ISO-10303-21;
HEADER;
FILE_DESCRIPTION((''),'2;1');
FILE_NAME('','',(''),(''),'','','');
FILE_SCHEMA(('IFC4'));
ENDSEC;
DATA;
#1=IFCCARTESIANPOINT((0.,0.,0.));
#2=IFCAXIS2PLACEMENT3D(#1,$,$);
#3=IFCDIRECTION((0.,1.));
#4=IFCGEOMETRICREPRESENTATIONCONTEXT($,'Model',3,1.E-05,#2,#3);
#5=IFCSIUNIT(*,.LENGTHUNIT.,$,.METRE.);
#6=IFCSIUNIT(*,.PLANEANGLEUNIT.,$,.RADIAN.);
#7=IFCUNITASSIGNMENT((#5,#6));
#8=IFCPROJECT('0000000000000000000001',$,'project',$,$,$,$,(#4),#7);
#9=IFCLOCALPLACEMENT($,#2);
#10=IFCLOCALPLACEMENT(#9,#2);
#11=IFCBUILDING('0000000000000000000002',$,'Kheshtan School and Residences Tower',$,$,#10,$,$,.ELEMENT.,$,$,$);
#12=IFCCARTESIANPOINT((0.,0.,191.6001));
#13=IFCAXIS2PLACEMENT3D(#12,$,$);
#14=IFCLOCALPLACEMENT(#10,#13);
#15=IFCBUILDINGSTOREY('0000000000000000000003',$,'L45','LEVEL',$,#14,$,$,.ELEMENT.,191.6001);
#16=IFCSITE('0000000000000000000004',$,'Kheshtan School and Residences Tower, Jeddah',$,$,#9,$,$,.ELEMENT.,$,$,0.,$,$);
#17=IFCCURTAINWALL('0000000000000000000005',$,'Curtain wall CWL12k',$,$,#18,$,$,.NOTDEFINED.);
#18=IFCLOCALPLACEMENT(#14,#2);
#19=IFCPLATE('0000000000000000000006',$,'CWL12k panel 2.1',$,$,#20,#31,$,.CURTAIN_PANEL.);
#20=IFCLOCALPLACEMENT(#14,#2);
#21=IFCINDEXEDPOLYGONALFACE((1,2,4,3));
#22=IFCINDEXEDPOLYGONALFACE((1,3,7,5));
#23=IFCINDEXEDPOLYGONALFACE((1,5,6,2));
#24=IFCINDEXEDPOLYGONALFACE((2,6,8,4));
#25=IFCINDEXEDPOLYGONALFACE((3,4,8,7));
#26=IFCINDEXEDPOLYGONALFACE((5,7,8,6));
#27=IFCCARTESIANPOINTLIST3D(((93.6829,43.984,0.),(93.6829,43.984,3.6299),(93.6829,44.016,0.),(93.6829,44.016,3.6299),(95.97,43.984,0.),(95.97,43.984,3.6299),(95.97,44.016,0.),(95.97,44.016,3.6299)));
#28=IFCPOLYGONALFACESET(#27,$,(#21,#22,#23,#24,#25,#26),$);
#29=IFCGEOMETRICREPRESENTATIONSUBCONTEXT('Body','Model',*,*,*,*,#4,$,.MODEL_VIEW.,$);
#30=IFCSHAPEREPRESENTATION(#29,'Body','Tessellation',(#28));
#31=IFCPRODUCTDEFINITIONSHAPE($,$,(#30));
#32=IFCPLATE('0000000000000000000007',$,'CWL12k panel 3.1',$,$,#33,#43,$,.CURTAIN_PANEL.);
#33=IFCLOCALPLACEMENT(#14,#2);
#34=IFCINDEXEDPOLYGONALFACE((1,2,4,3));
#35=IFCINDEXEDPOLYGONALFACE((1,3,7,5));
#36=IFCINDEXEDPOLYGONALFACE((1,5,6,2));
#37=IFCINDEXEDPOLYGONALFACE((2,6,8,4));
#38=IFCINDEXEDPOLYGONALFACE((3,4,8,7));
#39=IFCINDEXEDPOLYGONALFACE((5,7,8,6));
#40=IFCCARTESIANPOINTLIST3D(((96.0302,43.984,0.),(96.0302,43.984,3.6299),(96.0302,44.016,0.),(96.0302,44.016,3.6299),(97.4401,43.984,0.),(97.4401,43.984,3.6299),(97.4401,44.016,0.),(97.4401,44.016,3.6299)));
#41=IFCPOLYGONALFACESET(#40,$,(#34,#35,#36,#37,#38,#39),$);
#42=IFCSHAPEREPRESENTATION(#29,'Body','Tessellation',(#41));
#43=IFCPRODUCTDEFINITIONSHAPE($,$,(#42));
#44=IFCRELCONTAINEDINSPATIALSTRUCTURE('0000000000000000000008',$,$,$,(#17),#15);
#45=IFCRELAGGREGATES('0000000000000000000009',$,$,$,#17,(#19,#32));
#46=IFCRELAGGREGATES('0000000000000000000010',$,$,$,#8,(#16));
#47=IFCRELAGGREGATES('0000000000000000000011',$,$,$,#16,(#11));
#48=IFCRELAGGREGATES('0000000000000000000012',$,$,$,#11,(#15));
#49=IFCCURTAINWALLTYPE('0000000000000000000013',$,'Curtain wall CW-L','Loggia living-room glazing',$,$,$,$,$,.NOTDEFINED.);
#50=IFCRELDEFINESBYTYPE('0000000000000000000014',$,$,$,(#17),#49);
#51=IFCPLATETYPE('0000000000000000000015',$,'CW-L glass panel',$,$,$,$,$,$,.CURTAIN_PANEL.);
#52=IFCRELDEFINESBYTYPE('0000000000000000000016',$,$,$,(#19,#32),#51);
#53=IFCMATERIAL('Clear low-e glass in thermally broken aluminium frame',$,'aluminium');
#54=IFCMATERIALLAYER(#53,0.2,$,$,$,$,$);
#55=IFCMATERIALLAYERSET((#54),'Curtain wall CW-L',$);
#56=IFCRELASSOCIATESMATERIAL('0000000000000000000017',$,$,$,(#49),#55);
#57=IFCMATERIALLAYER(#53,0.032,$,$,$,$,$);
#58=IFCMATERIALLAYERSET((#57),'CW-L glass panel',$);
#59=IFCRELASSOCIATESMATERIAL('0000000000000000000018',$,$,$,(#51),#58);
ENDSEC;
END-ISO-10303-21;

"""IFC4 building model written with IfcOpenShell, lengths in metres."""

from ifc_helpers import new_model, si_unit, direction, frame, origin, origin_2d, place, context, subcontext, project, spatial, rectangle, extrude, material, layer, layer_set, type_object, element, aggregate, save


model = new_model("IFC4")

# Units and contexts
model_context = context("Model", 3, precision=1e-05, world=origin(), true_north=direction((0.0, 1.0)))
body_context = subcontext(model_context, "Body", "Model", "MODEL_VIEW")
ifc_project = project(units=[si_unit("LENGTHUNIT", "METRE"), si_unit("PLANEANGLEUNIT", "RADIAN")], contexts=[model_context])

# Site, building, storey
site_placement = place(None, origin())
site = spatial("IfcSite", under=ifc_project, at=site_placement, Name="Kheshtan School and Residences Tower, Jeddah", CompositionType="ELEMENT", RefElevation=0.0)
building_placement = place(site_placement, origin())
building = spatial("IfcBuilding", under=site, at=building_placement, Name="Kheshtan School and Residences Tower", CompositionType="ELEMENT")
storey_placement = place(building_placement, frame((0.0, 0.0, 191.6001)))
storey = spatial("IfcBuildingStorey", under=building, at=storey_placement, Name="L45", Description="LEVEL", CompositionType="ELEMENT", Elevation=191.6001)

# Curtain wall
ifc_material_1 = material(Name="Clear low-e glass in thermally broken aluminium frame", Category="aluminium")
ifc_layer_1 = layer(ifc_material_1, 0.2)
ifc_layer_set_1 = layer_set([ifc_layer_1], Name="Curtain wall CW-L")
curtain_wall_type = type_object("IfcCurtainWallType", Name="Curtain wall CW-L", Description="Loggia living-room glazing", PredefinedType="NOTDEFINED", material=ifc_layer_set_1)
curtain_wall_1_placement = place(storey_placement, origin())
curtain_wall_1 = element("IfcCurtainWall", 1, at=curtain_wall_1_placement, inside=storey, type_object=curtain_wall_type, Name="Curtain wall CWL12k", PredefinedType="NOTDEFINED")

# Plates
ifc_layer_2 = layer(ifc_material_1, 0.032)
ifc_layer_set_2 = layer_set([ifc_layer_2], Name="CW-L glass panel")
plate_type = type_object("IfcPlateType", Name="CW-L glass panel", PredefinedType="CURTAIN_PANEL", material=ifc_layer_set_2)
plate_1_placement = place(storey_placement, frame((94.8264, 44.0, 0.0), z_axis=(0.0, 0.0, 1.0), x_axis=(1.0, 0.0, 0.0)))
plate_1 = element("IfcPlate", 2, at=plate_1_placement, type_object=plate_type, Name="CWL12k panel 2.1", PredefinedType="CURTAIN_PANEL", context=body_context, shape_type="SweptSolid", body=[
    extrude(rectangle(XDim=2.2871, YDim=0.032, at=origin_2d()), origin(), (0.0, 0.0, 1.0), 3.6299),
])
plate_2_placement = place(storey_placement, frame((96.7351, 44.0, 0.0), z_axis=(0.0, 0.0, 1.0), x_axis=(1.0, 0.0, 0.0)))
plate_2 = element("IfcPlate", 3, at=plate_2_placement, type_object=plate_type, Name="CWL12k panel 3.1", PredefinedType="CURTAIN_PANEL", context=body_context, shape_type="SweptSolid", body=[
    extrude(rectangle(XDim=1.4099, YDim=0.032, at=origin_2d()), origin(), (0.0, 0.0, 1.0), 3.6299),
])
aggregate(curtain_wall_1, [plate_1, plate_2])

save(model, "model.ifc")
